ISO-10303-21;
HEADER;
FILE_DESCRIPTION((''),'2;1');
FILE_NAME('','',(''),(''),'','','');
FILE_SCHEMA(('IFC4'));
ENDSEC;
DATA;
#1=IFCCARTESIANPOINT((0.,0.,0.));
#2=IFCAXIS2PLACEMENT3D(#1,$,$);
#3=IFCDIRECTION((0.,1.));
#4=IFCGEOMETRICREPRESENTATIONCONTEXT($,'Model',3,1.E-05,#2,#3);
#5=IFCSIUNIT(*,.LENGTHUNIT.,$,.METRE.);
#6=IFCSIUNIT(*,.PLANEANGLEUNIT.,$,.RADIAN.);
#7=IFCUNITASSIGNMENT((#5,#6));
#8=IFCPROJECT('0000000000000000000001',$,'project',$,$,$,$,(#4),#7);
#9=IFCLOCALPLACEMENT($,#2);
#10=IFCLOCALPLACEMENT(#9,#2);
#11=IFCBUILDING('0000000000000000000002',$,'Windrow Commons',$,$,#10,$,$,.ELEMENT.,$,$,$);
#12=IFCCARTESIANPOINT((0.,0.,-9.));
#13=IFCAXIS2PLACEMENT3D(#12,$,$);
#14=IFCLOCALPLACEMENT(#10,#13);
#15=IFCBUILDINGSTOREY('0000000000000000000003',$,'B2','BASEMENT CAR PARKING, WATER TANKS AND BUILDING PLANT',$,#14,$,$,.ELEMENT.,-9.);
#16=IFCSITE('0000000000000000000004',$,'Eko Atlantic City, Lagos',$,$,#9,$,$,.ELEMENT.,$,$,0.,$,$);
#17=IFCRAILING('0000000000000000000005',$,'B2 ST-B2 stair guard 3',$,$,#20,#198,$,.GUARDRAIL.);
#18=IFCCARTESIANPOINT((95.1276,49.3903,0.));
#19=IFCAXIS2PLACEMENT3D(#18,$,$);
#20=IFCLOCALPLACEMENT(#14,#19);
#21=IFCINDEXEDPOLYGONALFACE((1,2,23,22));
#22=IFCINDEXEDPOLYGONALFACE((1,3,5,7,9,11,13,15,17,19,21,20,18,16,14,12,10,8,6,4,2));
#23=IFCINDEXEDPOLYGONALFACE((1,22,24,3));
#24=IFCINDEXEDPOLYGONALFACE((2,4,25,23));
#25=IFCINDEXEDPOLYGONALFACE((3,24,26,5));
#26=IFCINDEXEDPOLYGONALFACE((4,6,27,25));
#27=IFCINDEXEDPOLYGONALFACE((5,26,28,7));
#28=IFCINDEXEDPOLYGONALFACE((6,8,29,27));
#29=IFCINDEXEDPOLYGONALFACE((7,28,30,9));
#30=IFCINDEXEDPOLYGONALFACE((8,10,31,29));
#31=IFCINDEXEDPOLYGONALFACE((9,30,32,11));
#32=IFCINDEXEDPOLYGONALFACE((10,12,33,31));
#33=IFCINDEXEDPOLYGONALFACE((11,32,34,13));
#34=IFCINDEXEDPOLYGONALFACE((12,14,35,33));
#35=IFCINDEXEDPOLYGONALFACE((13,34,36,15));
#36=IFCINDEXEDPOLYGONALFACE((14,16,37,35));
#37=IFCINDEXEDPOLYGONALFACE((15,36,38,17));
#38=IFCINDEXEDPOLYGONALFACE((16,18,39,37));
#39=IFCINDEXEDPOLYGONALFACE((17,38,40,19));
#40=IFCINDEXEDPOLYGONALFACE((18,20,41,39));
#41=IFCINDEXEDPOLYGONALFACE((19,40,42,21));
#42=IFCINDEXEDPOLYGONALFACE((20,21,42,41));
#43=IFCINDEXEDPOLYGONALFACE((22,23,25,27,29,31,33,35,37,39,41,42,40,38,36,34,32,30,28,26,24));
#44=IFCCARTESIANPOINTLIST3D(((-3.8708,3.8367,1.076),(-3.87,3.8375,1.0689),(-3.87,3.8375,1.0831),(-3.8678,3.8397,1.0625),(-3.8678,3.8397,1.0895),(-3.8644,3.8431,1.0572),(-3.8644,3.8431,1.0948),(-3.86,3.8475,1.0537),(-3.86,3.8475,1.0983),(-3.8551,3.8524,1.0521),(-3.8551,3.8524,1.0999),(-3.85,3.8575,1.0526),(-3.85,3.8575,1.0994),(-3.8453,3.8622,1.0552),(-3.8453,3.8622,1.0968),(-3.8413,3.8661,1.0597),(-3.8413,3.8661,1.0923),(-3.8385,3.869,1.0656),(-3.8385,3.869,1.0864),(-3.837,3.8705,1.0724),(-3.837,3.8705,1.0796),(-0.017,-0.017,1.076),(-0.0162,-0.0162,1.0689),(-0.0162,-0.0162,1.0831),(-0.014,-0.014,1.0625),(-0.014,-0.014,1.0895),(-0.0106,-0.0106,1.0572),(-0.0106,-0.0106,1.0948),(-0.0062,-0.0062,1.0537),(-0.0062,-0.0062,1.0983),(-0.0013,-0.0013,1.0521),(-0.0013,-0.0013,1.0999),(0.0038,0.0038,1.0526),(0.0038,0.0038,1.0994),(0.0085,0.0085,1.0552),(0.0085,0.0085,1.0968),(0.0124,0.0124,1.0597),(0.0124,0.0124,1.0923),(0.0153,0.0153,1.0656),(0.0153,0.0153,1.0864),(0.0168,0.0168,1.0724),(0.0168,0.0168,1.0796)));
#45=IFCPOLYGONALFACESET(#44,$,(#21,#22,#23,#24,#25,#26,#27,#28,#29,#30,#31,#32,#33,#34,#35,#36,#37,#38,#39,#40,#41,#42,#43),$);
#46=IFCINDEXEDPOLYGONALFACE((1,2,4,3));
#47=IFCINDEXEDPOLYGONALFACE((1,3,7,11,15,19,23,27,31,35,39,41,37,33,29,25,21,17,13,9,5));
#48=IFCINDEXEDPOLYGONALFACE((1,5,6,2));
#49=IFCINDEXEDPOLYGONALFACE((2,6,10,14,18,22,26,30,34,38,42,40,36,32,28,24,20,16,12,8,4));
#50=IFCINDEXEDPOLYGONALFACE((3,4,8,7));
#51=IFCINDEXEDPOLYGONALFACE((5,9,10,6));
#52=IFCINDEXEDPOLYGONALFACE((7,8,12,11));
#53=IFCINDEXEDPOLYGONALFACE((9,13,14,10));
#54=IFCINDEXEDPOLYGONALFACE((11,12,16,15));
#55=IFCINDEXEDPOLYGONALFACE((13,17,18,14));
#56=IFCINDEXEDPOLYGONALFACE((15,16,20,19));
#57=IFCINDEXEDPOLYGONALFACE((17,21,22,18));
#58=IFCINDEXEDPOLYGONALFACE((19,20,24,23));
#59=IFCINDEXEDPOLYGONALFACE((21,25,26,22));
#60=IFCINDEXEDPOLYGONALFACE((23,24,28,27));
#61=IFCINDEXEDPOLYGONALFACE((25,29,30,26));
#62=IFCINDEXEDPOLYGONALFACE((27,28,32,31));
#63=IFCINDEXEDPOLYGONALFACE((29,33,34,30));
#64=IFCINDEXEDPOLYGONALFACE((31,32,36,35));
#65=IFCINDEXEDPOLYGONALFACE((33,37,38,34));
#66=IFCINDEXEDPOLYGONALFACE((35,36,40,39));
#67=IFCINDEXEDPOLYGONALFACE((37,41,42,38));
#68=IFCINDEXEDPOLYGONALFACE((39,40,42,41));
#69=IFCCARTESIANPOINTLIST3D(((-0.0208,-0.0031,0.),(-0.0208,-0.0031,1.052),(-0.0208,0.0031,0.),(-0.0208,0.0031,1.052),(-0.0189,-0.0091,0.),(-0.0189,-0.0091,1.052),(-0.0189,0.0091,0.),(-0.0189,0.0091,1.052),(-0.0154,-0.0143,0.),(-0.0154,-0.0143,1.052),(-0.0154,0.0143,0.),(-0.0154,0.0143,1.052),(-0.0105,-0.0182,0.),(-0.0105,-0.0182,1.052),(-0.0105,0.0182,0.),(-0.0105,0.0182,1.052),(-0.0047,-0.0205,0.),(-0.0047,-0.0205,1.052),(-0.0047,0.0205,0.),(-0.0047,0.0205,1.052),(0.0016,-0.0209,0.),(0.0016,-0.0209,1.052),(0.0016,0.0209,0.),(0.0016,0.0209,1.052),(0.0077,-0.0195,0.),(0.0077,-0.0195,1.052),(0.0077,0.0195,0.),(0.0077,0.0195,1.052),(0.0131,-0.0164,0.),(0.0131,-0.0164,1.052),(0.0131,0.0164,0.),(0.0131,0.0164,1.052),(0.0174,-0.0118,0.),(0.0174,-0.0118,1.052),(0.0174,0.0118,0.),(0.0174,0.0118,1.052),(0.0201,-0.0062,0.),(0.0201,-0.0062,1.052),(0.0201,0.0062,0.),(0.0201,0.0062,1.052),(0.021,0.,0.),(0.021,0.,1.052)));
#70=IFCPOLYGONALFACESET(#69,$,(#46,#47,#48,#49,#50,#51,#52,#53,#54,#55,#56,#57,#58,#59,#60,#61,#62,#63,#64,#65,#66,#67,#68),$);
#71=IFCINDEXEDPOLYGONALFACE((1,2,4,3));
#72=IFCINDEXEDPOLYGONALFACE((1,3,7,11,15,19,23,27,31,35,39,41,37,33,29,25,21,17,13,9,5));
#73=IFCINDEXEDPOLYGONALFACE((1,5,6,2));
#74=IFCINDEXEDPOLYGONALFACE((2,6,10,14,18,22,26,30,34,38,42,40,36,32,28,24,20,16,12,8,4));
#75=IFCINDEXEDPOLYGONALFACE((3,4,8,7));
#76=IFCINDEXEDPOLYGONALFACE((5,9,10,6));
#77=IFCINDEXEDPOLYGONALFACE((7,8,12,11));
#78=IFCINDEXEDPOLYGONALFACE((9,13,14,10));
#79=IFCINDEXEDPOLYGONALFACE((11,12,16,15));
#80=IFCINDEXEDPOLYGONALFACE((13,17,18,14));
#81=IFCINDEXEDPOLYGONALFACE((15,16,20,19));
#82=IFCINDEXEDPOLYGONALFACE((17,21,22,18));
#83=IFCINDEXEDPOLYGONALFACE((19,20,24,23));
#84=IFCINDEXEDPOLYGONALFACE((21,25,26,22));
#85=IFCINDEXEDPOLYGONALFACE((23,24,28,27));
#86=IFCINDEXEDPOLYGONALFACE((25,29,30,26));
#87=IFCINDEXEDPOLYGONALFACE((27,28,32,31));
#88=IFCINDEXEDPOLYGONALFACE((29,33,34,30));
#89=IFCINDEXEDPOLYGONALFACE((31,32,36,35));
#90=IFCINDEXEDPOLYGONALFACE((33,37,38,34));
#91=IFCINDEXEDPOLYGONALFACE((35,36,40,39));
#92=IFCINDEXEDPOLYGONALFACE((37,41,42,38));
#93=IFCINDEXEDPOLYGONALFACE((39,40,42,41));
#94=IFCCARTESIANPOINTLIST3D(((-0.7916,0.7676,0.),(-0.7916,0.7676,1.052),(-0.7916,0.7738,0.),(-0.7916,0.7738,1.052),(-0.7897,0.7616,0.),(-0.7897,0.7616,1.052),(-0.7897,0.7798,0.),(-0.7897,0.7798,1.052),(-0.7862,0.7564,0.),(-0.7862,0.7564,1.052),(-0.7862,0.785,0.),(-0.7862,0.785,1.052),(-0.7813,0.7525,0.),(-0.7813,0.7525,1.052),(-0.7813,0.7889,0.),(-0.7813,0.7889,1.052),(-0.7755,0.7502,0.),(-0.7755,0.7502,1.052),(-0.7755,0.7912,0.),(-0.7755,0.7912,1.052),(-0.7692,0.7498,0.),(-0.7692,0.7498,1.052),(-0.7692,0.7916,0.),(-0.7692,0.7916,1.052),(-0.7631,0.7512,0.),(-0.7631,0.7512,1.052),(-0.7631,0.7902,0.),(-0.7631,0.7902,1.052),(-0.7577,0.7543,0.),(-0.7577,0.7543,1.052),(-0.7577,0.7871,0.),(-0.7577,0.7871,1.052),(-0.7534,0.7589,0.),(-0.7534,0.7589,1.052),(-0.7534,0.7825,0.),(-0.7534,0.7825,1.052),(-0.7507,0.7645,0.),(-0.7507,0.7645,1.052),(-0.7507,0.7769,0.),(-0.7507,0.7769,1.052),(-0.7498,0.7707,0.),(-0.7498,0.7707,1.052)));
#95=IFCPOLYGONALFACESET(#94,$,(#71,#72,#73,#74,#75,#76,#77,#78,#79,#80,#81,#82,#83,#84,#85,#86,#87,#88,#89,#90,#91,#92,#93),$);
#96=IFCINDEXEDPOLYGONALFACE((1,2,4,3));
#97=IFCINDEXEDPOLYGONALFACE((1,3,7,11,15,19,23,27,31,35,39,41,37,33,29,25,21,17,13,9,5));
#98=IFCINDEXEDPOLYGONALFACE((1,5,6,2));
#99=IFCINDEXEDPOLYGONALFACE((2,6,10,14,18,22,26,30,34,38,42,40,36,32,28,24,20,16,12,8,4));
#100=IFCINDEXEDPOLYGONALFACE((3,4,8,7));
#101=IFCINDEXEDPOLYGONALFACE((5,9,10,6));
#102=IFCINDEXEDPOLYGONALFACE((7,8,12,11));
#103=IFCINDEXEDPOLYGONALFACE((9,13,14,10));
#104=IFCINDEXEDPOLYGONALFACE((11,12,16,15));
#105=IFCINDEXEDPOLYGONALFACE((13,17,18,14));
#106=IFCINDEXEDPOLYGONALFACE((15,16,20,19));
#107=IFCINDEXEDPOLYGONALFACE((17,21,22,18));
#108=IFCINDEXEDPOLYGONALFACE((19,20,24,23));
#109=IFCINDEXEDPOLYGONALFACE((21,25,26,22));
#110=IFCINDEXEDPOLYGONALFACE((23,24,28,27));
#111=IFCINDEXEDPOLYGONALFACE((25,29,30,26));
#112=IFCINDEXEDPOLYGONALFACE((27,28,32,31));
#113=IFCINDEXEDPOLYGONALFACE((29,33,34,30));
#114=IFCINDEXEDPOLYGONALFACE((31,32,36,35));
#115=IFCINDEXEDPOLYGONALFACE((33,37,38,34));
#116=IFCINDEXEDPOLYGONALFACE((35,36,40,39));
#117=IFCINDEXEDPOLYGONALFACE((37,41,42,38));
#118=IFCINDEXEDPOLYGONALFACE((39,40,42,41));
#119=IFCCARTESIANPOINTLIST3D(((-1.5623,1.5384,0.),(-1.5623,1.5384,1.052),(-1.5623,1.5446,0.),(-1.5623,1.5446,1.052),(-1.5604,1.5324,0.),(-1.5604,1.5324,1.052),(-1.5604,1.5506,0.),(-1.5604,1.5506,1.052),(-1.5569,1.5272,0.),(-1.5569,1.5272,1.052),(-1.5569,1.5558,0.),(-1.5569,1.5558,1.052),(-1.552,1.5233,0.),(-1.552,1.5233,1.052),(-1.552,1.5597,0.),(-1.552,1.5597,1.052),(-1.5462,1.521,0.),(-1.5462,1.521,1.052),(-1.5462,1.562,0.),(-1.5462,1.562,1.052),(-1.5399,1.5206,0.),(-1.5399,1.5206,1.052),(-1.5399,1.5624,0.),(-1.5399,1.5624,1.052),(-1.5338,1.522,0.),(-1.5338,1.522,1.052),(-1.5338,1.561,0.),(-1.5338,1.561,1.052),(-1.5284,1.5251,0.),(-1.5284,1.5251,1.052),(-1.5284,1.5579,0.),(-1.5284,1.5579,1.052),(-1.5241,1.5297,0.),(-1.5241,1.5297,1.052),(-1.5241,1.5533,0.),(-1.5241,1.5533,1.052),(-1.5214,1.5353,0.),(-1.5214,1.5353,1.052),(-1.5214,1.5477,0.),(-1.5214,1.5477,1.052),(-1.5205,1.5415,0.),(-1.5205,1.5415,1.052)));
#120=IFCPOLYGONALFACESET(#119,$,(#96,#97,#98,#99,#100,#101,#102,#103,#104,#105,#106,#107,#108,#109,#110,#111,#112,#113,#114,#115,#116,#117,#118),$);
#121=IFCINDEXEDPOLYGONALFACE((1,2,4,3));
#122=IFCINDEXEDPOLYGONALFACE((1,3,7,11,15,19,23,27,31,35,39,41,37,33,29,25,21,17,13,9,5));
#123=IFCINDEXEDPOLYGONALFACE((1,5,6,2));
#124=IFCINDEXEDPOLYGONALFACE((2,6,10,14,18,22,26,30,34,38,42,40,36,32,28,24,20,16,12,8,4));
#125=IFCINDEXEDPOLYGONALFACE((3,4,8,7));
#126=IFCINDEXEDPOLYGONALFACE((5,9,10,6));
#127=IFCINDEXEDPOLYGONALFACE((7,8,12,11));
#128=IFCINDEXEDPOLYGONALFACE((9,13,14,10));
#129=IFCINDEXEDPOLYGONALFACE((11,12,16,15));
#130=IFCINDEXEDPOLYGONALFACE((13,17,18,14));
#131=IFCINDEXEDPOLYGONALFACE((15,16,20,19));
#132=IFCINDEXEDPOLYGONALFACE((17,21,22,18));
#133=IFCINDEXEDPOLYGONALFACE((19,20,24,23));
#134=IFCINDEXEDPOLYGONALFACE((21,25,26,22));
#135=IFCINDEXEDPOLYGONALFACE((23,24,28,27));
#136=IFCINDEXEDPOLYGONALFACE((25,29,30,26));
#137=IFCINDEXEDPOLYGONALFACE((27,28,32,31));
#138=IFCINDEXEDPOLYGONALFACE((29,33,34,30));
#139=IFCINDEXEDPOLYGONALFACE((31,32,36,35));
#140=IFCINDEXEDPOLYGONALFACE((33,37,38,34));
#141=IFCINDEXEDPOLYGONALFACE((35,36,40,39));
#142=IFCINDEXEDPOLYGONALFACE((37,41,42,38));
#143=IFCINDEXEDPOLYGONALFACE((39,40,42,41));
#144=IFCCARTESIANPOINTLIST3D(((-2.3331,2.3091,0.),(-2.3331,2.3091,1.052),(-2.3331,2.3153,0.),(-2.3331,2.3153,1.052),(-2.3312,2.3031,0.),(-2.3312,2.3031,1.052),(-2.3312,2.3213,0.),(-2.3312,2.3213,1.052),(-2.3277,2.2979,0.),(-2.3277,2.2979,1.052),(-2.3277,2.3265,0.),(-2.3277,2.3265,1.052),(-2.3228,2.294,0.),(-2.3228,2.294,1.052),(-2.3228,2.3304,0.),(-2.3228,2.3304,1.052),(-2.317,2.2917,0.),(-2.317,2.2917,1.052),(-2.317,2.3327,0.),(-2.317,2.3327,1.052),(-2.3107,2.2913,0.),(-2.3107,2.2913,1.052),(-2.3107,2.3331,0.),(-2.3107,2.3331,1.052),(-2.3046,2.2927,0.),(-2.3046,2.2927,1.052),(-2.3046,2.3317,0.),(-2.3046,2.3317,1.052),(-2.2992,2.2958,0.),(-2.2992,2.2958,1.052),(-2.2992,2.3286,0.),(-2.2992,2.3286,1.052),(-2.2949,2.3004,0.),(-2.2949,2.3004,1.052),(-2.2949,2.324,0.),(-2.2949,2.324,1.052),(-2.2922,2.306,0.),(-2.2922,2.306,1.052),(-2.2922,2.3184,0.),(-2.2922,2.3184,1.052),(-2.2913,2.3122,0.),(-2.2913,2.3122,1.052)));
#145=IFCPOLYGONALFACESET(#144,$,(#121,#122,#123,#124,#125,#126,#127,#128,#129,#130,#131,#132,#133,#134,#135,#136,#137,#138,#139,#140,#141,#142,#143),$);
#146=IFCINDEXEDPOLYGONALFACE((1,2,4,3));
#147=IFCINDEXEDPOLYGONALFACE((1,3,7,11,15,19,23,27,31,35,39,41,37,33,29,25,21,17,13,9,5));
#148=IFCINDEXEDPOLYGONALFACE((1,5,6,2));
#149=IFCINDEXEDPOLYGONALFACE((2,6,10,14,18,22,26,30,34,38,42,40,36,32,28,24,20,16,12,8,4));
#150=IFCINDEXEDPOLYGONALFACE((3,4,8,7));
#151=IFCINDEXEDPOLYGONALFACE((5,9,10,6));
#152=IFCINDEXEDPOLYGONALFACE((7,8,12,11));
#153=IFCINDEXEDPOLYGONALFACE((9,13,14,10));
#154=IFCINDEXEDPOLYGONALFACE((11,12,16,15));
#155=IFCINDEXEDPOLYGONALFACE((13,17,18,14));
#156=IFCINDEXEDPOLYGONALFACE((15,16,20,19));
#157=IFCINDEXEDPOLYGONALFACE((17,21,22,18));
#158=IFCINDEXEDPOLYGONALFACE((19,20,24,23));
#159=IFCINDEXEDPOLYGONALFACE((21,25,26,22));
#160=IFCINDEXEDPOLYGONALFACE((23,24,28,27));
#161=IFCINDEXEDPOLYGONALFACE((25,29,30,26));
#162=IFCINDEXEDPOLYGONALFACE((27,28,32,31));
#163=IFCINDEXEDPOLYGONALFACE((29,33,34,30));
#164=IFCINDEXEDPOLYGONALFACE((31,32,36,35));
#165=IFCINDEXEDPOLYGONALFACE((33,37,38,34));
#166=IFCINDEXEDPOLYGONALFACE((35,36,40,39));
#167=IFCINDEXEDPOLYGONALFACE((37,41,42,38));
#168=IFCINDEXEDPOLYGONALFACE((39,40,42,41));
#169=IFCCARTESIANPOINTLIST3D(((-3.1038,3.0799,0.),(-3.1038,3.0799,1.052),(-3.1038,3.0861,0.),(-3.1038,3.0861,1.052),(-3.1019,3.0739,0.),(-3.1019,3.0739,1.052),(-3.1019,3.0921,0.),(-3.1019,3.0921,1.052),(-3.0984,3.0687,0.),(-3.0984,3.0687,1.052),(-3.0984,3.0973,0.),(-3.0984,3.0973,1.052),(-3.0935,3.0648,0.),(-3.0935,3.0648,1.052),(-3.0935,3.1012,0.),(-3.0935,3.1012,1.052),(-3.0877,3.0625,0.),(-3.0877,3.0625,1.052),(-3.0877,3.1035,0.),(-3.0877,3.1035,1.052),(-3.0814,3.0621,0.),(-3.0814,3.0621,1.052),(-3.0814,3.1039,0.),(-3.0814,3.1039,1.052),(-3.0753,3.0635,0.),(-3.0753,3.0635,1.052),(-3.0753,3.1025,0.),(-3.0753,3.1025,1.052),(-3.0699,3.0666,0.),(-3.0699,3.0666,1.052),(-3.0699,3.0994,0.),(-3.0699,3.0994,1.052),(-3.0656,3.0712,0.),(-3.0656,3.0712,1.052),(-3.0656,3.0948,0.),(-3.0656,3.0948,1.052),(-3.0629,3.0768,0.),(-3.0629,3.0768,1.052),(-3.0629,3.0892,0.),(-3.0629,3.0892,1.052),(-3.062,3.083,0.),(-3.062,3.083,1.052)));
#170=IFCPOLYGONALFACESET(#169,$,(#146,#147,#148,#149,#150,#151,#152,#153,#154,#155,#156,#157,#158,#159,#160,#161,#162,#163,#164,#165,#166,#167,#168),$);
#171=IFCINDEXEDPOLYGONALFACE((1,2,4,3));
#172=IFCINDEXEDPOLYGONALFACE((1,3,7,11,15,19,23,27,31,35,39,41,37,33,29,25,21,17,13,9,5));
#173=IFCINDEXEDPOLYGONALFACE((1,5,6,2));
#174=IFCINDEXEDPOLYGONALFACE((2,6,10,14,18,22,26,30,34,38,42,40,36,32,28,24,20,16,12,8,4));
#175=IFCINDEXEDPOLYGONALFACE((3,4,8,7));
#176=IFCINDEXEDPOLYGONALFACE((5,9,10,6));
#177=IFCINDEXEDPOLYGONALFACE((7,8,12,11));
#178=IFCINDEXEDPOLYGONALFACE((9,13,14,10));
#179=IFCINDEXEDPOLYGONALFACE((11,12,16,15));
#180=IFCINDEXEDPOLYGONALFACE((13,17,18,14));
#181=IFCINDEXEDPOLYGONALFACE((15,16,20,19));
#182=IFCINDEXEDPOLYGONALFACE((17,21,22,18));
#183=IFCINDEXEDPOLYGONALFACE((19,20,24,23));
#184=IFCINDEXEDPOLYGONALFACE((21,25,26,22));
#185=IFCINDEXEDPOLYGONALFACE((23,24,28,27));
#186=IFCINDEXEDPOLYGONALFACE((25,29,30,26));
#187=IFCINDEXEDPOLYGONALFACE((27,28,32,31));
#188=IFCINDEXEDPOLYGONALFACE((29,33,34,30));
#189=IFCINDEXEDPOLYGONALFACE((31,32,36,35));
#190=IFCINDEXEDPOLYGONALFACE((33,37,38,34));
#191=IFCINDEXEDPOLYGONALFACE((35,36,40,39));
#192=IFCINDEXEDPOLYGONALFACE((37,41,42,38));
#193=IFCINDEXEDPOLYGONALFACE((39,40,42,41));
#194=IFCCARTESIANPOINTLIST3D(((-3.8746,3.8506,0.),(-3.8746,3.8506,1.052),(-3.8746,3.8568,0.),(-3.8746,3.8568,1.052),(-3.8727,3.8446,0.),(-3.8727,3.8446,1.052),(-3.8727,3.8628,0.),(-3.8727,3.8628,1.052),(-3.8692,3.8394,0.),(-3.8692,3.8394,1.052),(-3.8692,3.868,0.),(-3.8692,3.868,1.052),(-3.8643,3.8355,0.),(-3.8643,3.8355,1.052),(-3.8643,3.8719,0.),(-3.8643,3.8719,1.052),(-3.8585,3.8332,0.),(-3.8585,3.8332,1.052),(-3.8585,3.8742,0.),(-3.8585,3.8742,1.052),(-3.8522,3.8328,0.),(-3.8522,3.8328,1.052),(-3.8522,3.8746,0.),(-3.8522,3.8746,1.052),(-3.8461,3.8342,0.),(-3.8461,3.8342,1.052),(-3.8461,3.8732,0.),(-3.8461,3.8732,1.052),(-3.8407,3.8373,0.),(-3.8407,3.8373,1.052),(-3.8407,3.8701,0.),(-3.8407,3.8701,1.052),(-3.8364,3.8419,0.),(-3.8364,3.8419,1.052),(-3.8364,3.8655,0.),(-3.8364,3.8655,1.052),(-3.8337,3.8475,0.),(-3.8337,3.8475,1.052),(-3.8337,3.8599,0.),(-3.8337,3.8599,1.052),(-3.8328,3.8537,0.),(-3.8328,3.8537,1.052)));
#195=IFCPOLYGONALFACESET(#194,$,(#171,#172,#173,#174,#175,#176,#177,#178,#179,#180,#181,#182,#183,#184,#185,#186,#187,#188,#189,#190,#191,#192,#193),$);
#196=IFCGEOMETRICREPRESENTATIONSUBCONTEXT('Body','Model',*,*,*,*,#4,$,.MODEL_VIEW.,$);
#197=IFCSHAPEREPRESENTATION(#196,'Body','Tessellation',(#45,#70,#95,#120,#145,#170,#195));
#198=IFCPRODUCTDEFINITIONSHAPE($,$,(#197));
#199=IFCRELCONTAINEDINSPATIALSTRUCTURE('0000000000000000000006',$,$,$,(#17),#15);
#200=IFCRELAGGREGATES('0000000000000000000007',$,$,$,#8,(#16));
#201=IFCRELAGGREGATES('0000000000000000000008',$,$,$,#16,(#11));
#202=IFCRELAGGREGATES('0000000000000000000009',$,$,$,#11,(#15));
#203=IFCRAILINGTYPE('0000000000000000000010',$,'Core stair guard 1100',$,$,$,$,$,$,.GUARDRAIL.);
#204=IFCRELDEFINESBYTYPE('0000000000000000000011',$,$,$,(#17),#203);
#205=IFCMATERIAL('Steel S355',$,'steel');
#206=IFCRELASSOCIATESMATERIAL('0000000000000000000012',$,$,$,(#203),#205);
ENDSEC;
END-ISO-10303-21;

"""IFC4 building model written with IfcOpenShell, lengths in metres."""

from ifc_helpers import new_model, si_unit, direction, frame, origin, origin_2d, place, context, subcontext, project, spatial, circle, extrude, material, type_object, element, save


model = new_model("IFC4")

# Units and contexts
model_context = context("Model", 3, precision=1e-05, world=origin(), true_north=direction((0.0, 1.0)))
body_context = subcontext(model_context, "Body", "Model", "MODEL_VIEW")
ifc_project = project(units=[si_unit("LENGTHUNIT", "METRE"), si_unit("PLANEANGLEUNIT", "RADIAN")], contexts=[model_context])

# Site, building, storey
site_placement = place(None, origin())
site = spatial("IfcSite", under=ifc_project, at=site_placement, Name="Eko Atlantic City, Lagos", CompositionType="ELEMENT", RefElevation=0.0)
building_placement = place(site_placement, origin())
building = spatial("IfcBuilding", under=site, at=building_placement, Name="Windrow Commons", CompositionType="ELEMENT")
storey_placement = place(building_placement, frame((0.0, 0.0, -9.0)))
storey = spatial("IfcBuildingStorey", under=building, at=storey_placement, Name="B2", Description="BASEMENT CAR PARKING, WATER TANKS AND BUILDING PLANT", CompositionType="ELEMENT", Elevation=-9.0)

# Railing
ifc_material_1 = material(Name="Steel S355", Category="steel")
railing_type_1 = type_object("IfcRailingType", Name="Core stair guard 1100", PredefinedType="GUARDRAIL", material=ifc_material_1)
railing_1_placement = place(storey_placement, frame((95.1276, 49.3903, 0.0)))
element("IfcRailing", 1, at=railing_1_placement, inside=storey, type_object=railing_type_1, Name="B2 ST-B2 stair guard 3", PredefinedType="GUARDRAIL", context=body_context, shape_type="SweptSolid", body=[
    extrude(circle(Radius=0.024, at=origin_2d()), frame((0.0, 0.0, 1.076), z_axis=(-0.707116, 0.707098, 0.0), x_axis=(-0.707098, -0.707116, 0.0)), (0.0, 0.0, 1.0), 5.45),
    extrude(circle(Radius=0.021, at=origin_2d()), origin(), (0.0, 0.0, 1.0), 1.052),
    extrude(circle(Radius=0.021, at=origin_2d()), frame((-0.7708, 0.7707, 0.0)), (0.0, 0.0, 1.0), 1.052),
    extrude(circle(Radius=0.021, at=origin_2d()), frame((-1.5415, 1.5415, 0.0)), (0.0, 0.0, 1.0), 1.052),
    extrude(circle(Radius=0.021, at=origin_2d()), frame((-2.3123, 2.3122, 0.0)), (0.0, 0.0, 1.0), 1.052),
    extrude(circle(Radius=0.021, at=origin_2d()), frame((-3.083, 3.083, 0.0)), (0.0, 0.0, 1.0), 1.052),
    extrude(circle(Radius=0.021, at=origin_2d()), frame((-3.8538, 3.8537, 0.0)), (0.0, 0.0, 1.0), 1.052),
])

save(model, "model.ifc")
